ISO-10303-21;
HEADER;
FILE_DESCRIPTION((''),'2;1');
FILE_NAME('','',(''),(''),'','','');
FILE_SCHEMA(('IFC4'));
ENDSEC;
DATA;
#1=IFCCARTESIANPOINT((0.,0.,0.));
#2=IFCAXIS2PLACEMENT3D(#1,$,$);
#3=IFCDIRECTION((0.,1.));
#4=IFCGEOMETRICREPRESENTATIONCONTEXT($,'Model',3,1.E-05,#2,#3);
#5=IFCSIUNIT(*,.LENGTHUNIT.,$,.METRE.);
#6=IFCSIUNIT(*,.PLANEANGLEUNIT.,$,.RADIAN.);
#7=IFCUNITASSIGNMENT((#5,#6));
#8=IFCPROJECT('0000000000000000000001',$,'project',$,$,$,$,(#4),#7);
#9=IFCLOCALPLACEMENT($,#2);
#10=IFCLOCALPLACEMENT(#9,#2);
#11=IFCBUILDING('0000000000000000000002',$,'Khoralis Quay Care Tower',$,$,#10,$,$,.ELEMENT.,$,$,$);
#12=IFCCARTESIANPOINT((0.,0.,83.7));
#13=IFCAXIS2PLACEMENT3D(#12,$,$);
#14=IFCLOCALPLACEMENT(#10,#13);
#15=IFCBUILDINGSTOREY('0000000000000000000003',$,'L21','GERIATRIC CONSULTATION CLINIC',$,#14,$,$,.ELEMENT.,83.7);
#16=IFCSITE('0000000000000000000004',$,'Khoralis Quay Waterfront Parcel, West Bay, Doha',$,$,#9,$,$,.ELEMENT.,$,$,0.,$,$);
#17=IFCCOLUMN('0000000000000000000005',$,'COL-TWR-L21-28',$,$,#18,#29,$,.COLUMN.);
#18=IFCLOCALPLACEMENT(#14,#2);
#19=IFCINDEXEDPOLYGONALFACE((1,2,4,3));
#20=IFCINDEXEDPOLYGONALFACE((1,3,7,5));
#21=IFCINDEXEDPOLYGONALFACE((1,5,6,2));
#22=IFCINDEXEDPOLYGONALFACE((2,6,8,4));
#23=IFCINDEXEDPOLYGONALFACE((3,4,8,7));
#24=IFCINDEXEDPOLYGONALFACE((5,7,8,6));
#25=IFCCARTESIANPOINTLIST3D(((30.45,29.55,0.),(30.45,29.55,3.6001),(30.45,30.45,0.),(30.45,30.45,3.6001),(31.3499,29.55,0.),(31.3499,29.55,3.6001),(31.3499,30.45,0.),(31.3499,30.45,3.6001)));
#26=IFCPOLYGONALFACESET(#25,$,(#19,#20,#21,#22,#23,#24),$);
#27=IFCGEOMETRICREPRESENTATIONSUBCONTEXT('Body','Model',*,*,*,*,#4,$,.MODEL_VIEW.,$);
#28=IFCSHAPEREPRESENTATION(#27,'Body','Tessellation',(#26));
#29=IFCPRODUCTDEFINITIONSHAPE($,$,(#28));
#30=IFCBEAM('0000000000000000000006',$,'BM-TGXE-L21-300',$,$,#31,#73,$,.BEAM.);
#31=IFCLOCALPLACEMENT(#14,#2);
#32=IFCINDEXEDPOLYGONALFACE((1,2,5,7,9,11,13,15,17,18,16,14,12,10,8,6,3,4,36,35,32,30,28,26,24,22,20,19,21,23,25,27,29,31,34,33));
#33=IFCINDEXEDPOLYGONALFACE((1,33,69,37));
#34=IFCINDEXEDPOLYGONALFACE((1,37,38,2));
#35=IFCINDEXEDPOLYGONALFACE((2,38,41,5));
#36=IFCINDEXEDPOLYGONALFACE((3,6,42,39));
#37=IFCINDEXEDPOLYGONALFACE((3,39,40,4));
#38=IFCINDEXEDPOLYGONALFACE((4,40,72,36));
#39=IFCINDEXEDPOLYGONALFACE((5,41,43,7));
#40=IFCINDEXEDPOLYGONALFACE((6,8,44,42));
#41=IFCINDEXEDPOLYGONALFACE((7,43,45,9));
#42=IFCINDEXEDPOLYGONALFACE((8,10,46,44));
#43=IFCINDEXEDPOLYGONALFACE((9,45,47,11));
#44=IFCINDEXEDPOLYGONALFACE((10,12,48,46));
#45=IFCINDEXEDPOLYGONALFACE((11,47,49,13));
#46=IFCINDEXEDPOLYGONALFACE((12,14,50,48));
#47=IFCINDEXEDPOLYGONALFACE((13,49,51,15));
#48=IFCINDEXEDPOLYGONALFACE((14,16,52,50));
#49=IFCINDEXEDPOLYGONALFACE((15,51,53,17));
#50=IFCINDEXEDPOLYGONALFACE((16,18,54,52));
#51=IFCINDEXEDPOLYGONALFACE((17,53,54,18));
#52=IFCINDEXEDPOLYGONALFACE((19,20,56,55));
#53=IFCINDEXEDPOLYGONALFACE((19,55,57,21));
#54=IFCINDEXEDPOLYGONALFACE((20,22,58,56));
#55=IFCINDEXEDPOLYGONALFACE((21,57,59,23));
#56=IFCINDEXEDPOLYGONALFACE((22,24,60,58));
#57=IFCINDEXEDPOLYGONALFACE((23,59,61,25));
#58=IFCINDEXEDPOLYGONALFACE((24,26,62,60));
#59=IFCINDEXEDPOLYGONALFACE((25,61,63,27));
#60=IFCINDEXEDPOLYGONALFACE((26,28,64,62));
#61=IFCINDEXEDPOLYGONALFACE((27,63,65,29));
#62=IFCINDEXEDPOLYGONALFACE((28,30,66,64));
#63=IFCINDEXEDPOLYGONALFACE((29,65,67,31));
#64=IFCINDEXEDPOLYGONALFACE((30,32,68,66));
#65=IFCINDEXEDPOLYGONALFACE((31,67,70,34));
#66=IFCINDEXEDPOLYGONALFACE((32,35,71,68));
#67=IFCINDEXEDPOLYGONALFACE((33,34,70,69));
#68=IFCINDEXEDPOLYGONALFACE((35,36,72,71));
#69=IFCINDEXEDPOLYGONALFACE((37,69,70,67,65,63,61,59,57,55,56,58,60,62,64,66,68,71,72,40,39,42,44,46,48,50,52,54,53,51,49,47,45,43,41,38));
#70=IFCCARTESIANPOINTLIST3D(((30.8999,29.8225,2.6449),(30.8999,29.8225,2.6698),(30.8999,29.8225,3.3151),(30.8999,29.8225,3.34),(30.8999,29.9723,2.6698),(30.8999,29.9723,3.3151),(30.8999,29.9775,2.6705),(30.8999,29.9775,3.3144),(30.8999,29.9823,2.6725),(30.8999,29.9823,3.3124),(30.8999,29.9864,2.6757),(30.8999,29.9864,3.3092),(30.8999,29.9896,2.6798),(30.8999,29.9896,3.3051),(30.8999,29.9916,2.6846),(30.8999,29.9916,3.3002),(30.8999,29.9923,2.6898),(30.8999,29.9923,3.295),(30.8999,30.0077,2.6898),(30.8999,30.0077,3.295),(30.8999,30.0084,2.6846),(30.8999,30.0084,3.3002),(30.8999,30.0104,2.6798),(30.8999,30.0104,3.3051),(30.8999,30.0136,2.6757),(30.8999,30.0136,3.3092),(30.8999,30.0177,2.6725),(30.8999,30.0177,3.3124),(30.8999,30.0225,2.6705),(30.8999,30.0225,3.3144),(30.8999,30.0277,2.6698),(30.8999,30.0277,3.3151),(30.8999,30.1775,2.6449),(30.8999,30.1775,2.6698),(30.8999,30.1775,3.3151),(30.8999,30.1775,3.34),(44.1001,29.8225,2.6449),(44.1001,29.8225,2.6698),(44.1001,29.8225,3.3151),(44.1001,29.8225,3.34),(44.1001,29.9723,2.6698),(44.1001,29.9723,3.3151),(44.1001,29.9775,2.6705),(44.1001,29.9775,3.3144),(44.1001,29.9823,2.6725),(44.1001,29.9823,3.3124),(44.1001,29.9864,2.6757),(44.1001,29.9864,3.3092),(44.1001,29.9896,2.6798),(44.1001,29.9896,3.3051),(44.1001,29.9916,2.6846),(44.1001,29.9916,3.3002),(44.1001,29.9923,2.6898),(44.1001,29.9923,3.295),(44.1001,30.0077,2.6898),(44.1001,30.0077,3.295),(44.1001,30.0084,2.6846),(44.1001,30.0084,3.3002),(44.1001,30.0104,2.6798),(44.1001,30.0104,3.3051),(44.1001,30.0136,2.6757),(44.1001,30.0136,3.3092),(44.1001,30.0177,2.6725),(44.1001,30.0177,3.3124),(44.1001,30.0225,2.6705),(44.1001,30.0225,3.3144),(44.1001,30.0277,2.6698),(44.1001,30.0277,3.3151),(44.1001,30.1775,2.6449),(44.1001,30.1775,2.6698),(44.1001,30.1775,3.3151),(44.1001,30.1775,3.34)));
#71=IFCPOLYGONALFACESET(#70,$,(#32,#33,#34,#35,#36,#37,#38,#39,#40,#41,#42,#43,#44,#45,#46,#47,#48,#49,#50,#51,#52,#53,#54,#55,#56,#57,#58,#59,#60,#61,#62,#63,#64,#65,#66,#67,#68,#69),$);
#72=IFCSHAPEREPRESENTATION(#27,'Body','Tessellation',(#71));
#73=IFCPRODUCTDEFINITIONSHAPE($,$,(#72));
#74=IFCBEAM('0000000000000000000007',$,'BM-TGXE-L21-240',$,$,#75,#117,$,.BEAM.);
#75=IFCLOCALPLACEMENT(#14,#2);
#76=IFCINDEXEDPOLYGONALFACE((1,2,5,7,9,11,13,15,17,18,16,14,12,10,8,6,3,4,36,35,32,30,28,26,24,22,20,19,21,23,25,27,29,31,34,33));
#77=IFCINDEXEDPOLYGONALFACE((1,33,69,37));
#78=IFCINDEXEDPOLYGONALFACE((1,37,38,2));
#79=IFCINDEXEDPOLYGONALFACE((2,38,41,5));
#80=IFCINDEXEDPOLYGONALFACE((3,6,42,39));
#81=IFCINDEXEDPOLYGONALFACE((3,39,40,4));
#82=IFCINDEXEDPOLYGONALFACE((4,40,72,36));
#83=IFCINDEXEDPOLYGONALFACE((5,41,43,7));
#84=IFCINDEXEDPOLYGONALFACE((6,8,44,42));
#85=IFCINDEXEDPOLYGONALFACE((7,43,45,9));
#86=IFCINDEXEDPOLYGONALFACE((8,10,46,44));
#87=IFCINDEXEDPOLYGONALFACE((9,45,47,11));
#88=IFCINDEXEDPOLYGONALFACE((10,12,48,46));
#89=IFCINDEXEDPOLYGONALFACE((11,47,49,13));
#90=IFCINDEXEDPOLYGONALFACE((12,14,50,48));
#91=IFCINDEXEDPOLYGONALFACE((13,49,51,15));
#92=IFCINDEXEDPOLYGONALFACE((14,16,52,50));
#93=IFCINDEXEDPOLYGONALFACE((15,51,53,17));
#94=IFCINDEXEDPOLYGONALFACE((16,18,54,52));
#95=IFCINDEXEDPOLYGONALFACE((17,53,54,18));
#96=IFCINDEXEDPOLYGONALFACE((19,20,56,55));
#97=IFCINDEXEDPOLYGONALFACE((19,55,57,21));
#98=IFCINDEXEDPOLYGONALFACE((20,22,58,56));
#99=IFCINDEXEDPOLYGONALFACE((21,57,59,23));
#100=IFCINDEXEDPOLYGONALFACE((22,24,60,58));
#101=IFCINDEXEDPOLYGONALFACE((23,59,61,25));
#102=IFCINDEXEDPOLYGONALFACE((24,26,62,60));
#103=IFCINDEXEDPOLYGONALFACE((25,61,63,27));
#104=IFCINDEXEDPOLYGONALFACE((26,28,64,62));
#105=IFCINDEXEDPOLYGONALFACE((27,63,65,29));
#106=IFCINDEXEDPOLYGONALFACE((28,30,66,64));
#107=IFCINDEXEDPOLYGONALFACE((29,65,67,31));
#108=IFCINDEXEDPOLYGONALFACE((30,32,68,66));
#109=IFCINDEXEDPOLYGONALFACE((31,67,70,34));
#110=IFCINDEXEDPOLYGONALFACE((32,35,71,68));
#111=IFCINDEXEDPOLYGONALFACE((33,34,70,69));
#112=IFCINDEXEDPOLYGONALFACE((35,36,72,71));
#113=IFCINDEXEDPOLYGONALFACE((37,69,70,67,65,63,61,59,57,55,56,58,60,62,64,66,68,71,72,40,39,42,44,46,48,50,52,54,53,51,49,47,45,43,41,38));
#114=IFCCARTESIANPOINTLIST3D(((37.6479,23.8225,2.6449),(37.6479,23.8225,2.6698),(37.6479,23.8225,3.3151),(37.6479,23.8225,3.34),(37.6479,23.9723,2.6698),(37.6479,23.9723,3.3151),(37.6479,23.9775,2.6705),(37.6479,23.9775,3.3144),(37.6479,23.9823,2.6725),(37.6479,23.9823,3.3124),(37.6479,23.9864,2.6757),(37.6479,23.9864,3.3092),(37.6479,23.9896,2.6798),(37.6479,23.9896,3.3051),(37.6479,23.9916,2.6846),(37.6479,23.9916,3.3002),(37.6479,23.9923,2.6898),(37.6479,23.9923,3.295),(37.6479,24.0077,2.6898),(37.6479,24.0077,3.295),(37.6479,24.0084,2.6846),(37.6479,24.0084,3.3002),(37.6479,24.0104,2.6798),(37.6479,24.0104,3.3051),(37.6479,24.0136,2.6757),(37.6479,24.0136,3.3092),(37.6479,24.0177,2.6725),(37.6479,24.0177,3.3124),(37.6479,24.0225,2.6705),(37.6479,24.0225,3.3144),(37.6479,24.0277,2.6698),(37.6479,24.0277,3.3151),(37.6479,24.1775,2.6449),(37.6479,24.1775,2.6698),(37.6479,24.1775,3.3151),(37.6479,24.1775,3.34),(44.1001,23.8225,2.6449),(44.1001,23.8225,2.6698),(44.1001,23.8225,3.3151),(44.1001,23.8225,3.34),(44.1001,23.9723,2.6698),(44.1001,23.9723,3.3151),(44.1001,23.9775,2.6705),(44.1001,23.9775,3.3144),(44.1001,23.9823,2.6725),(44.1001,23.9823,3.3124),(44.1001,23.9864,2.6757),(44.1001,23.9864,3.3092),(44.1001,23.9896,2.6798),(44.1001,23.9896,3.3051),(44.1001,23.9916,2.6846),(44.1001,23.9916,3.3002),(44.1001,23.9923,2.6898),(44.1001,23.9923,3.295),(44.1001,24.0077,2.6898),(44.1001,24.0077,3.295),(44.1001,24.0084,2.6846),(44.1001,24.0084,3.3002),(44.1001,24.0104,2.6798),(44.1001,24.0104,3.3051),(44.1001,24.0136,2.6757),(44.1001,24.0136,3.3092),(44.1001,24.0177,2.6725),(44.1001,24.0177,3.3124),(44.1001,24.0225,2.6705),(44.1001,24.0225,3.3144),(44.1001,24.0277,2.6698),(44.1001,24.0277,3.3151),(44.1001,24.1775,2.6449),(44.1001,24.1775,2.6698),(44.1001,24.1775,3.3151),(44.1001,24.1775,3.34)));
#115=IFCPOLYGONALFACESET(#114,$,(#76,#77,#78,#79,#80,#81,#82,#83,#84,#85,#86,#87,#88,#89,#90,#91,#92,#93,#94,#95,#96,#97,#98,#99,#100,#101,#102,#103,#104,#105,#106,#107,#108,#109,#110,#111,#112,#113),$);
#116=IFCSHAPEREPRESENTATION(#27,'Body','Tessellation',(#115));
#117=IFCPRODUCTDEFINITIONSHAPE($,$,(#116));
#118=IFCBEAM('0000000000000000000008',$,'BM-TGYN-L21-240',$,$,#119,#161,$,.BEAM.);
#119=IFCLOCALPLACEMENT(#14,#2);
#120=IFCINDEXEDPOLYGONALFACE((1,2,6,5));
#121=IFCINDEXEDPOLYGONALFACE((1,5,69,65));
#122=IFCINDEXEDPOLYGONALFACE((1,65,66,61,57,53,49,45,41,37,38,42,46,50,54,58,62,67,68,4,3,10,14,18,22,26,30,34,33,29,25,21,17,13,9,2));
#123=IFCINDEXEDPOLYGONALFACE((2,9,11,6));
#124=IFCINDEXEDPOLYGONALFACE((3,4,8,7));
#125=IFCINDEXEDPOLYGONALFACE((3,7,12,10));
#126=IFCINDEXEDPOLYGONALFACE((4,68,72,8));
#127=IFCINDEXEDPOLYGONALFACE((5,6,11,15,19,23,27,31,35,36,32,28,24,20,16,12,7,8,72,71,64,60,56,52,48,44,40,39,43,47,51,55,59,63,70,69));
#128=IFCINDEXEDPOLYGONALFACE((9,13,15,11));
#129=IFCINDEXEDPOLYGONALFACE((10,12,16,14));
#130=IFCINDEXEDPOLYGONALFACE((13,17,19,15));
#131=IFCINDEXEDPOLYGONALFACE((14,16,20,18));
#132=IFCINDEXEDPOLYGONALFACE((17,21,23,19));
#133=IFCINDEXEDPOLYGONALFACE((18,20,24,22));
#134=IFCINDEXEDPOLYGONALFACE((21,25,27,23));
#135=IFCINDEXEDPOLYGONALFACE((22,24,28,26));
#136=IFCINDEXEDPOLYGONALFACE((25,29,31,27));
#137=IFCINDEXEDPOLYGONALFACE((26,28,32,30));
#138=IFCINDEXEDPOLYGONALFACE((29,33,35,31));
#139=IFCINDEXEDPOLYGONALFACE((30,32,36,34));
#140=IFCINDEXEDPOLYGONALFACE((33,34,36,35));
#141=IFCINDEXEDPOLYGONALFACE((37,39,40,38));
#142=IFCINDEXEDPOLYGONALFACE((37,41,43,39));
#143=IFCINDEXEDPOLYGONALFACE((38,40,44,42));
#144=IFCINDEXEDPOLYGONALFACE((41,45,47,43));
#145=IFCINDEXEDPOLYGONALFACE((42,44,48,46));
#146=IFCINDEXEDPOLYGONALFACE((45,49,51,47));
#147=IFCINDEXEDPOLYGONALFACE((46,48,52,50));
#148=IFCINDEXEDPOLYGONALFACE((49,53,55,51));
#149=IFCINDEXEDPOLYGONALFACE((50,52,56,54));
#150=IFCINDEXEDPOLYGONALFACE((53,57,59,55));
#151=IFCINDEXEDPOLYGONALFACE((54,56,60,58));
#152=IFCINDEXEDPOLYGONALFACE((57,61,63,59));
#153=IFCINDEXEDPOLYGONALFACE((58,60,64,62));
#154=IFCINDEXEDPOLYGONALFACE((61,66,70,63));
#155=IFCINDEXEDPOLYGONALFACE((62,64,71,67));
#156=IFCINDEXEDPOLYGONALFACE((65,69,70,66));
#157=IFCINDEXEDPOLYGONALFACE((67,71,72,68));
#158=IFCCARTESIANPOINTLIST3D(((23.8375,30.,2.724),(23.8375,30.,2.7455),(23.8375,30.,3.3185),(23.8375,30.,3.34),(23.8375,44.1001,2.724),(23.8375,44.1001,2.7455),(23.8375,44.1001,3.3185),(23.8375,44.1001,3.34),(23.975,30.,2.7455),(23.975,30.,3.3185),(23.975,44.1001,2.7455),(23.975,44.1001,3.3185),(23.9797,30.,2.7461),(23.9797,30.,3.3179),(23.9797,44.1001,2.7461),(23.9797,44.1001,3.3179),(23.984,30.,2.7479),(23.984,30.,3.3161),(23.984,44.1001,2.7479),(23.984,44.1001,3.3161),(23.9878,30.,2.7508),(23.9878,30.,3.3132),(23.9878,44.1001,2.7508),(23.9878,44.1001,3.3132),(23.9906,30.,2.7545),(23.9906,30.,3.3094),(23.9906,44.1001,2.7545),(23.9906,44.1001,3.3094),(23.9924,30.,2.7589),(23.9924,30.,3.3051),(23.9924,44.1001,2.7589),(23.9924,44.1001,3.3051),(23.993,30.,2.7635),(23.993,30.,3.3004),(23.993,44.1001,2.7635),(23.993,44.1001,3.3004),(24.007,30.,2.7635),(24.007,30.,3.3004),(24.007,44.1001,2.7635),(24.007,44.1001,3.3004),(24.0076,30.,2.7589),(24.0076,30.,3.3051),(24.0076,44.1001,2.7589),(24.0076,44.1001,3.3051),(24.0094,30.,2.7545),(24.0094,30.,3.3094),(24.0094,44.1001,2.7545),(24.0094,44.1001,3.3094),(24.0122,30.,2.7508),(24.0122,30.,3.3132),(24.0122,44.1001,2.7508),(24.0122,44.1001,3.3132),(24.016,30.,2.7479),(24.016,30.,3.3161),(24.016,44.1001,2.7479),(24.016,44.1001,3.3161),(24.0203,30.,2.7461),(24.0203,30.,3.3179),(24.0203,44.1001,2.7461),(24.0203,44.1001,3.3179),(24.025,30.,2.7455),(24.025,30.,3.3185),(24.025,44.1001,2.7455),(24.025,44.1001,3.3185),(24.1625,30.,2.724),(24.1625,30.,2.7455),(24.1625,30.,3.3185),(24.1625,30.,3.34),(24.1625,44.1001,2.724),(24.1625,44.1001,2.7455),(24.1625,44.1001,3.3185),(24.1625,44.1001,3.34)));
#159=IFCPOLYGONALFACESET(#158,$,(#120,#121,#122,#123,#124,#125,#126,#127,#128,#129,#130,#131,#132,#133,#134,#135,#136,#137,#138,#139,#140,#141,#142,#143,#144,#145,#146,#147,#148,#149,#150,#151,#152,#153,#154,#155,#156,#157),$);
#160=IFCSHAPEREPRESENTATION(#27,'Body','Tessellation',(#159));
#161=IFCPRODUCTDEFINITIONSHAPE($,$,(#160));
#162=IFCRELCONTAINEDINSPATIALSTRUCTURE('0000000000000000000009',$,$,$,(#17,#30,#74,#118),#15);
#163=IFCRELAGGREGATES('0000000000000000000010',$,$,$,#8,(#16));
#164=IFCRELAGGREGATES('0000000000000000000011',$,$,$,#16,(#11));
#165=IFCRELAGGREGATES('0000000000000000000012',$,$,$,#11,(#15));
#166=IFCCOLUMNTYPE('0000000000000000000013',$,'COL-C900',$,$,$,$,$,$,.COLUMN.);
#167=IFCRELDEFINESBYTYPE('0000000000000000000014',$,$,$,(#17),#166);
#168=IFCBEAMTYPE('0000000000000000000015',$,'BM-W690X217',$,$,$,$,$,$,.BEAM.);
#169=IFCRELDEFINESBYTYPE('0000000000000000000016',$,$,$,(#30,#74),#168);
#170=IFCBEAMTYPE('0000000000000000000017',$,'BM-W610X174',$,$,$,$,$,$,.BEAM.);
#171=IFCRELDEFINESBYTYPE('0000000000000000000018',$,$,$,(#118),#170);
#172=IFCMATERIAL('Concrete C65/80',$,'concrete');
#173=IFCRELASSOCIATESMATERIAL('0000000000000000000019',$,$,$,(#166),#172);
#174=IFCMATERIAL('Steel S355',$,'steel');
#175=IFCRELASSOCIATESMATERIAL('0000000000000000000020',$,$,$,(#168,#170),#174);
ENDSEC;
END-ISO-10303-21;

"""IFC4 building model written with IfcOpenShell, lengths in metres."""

from ifc_helpers import new_model, si_unit, direction, frame, origin, origin_2d, place, context, subcontext, project, spatial, rectangle, i_section, extrude, source, transform, mapped, material, material_profile, profile_set, type_object, element, save


model = new_model("IFC4")

# Units and contexts
model_context = context("Model", 3, precision=1e-05, world=origin(), true_north=direction((0.0, 1.0)))
body_context = subcontext(model_context, "Body", "Model", "MODEL_VIEW")
ifc_project = project(units=[si_unit("LENGTHUNIT", "METRE"), si_unit("PLANEANGLEUNIT", "RADIAN")], contexts=[model_context])

# Site, building, storey
site_placement = place(None, origin())
site = spatial("IfcSite", under=ifc_project, at=site_placement, Name="Khoralis Quay Waterfront Parcel, West Bay, Doha", CompositionType="ELEMENT", RefElevation=0.0)
building_placement = place(site_placement, origin())
building = spatial("IfcBuilding", under=site, at=building_placement, Name="Khoralis Quay Care Tower", CompositionType="ELEMENT")
storey_placement = place(building_placement, frame((0.0, 0.0, 83.7)))
storey = spatial("IfcBuildingStorey", under=building, at=storey_placement, Name="L21", Description="GERIATRIC CONSULTATION CLINIC", CompositionType="ELEMENT", Elevation=83.7)

# Column
ifc_material_1 = material(Name="Concrete C65/80", Category="concrete")
ifc_material_profile_1 = material_profile(ifc_material_1, rectangle(XDim=0.8999, YDim=0.8999, at=origin_2d()), Name="Concrete C65/80")
ifc_profile_set_1 = profile_set([ifc_material_profile_1], Name="Concrete C65/80")
column_type = type_object("IfcColumnType", Name="COL-C900", PredefinedType="COLUMN", material=ifc_profile_set_1)
shared_shape_1 = source(origin(), body_context, "Body", "SweptSolid", [
    extrude(rectangle(XDim=0.8999, YDim=0.8999, at=origin_2d()), origin(), (0.0, 0.0, 1.0), 3.6001),
])
column_placement = place(storey_placement, frame((30.8999, 30.0, 0.0), z_axis=(0.0, 0.0, 1.0), x_axis=(1.0, 0.0, 0.0)))
element("IfcColumn", 1, at=column_placement, inside=storey, type_object=column_type, Name="COL-TWR-L21-28", PredefinedType="COLUMN", context=body_context, shape_type="MappedRepresentation", body=[
    mapped(shared_shape_1, transform((0.0, 0.0, 0.0), scale=1.0)),
])

# Beams
ifc_material_2 = material(Name="Steel S355", Category="steel")
ifc_material_profile_2 = material_profile(ifc_material_2, i_section(OverallWidth=0.355, OverallDepth=0.6951, WebThickness=0.0154, FlangeThickness=0.0249, FilletRadius=0.02, at=origin_2d()), Name="Steel S355")
ifc_profile_set_2 = profile_set([ifc_material_profile_2], Name="Steel S355")
beam_type_1 = type_object("IfcBeamType", Name="BM-W690X217", PredefinedType="BEAM", material=ifc_profile_set_2)
shared_shape_2 = source(origin(), body_context, "Body", "SweptSolid", [
    extrude(i_section(OverallWidth=0.355, OverallDepth=0.6951, WebThickness=0.0154, FlangeThickness=0.0249, FilletRadius=0.02, at=origin_2d()), origin(), (0.0, 0.0, 1.0), 13.2002),
])
beam_1_placement = place(storey_placement, frame((30.8999, 30.0, 2.9924), z_axis=(1.0, 0.0, 0.0), x_axis=(0.0, 1.0, 0.0)))
element("IfcBeam", 2, at=beam_1_placement, inside=storey, type_object=beam_type_1, Name="BM-TGXE-L21-300", PredefinedType="BEAM", context=body_context, shape_type="MappedRepresentation", body=[
    mapped(shared_shape_2, transform((0.0, 0.0, 0.0), scale=1.0)),
])
shared_shape_3 = source(origin(), body_context, "Body", "SweptSolid", [
    extrude(i_section(OverallWidth=0.355, OverallDepth=0.6951, WebThickness=0.0154, FlangeThickness=0.0249, FilletRadius=0.02, at=origin_2d()), origin(), (0.0, 0.0, 1.0), 6.4521),
])
beam_2_placement = place(storey_placement, frame((37.6479, 24.0, 2.9924), z_axis=(1.0, 0.0, 0.0), x_axis=(0.0, 1.0, 0.0)))
element("IfcBeam", 3, at=beam_2_placement, inside=storey, type_object=beam_type_1, Name="BM-TGXE-L21-240", PredefinedType="BEAM", context=body_context, shape_type="MappedRepresentation", body=[
    mapped(shared_shape_3, transform((0.0, 0.0, 0.0), scale=1.0)),
])
ifc_material_profile_3 = material_profile(ifc_material_2, i_section(OverallWidth=0.325, OverallDepth=0.616, WebThickness=0.0139, FlangeThickness=0.0215, FilletRadius=0.0181, at=origin_2d()), Name="Steel S355")
ifc_profile_set_3 = profile_set([ifc_material_profile_3], Name="Steel S355")
beam_type_2 = type_object("IfcBeamType", Name="BM-W610X174", PredefinedType="BEAM", material=ifc_profile_set_3)
shared_shape_4 = source(origin(), body_context, "Body", "SweptSolid", [
    extrude(i_section(OverallWidth=0.325, OverallDepth=0.616, WebThickness=0.0139, FlangeThickness=0.0215, FilletRadius=0.0181, at=origin_2d()), origin(), (0.0, 0.0, 1.0), 14.1001),
])
beam_3_placement = place(storey_placement, frame((24.0, 30.0, 3.032), z_axis=(0.0, 1.0, 0.0), x_axis=(-1.0, 0.0, 0.0)))
element("IfcBeam", 4, at=beam_3_placement, inside=storey, type_object=beam_type_2, Name="BM-TGYN-L21-240", PredefinedType="BEAM", context=body_context, shape_type="MappedRepresentation", body=[
    mapped(shared_shape_4, transform((0.0, 0.0, 0.0), scale=1.0)),
])

save(model, "model.ifc")
